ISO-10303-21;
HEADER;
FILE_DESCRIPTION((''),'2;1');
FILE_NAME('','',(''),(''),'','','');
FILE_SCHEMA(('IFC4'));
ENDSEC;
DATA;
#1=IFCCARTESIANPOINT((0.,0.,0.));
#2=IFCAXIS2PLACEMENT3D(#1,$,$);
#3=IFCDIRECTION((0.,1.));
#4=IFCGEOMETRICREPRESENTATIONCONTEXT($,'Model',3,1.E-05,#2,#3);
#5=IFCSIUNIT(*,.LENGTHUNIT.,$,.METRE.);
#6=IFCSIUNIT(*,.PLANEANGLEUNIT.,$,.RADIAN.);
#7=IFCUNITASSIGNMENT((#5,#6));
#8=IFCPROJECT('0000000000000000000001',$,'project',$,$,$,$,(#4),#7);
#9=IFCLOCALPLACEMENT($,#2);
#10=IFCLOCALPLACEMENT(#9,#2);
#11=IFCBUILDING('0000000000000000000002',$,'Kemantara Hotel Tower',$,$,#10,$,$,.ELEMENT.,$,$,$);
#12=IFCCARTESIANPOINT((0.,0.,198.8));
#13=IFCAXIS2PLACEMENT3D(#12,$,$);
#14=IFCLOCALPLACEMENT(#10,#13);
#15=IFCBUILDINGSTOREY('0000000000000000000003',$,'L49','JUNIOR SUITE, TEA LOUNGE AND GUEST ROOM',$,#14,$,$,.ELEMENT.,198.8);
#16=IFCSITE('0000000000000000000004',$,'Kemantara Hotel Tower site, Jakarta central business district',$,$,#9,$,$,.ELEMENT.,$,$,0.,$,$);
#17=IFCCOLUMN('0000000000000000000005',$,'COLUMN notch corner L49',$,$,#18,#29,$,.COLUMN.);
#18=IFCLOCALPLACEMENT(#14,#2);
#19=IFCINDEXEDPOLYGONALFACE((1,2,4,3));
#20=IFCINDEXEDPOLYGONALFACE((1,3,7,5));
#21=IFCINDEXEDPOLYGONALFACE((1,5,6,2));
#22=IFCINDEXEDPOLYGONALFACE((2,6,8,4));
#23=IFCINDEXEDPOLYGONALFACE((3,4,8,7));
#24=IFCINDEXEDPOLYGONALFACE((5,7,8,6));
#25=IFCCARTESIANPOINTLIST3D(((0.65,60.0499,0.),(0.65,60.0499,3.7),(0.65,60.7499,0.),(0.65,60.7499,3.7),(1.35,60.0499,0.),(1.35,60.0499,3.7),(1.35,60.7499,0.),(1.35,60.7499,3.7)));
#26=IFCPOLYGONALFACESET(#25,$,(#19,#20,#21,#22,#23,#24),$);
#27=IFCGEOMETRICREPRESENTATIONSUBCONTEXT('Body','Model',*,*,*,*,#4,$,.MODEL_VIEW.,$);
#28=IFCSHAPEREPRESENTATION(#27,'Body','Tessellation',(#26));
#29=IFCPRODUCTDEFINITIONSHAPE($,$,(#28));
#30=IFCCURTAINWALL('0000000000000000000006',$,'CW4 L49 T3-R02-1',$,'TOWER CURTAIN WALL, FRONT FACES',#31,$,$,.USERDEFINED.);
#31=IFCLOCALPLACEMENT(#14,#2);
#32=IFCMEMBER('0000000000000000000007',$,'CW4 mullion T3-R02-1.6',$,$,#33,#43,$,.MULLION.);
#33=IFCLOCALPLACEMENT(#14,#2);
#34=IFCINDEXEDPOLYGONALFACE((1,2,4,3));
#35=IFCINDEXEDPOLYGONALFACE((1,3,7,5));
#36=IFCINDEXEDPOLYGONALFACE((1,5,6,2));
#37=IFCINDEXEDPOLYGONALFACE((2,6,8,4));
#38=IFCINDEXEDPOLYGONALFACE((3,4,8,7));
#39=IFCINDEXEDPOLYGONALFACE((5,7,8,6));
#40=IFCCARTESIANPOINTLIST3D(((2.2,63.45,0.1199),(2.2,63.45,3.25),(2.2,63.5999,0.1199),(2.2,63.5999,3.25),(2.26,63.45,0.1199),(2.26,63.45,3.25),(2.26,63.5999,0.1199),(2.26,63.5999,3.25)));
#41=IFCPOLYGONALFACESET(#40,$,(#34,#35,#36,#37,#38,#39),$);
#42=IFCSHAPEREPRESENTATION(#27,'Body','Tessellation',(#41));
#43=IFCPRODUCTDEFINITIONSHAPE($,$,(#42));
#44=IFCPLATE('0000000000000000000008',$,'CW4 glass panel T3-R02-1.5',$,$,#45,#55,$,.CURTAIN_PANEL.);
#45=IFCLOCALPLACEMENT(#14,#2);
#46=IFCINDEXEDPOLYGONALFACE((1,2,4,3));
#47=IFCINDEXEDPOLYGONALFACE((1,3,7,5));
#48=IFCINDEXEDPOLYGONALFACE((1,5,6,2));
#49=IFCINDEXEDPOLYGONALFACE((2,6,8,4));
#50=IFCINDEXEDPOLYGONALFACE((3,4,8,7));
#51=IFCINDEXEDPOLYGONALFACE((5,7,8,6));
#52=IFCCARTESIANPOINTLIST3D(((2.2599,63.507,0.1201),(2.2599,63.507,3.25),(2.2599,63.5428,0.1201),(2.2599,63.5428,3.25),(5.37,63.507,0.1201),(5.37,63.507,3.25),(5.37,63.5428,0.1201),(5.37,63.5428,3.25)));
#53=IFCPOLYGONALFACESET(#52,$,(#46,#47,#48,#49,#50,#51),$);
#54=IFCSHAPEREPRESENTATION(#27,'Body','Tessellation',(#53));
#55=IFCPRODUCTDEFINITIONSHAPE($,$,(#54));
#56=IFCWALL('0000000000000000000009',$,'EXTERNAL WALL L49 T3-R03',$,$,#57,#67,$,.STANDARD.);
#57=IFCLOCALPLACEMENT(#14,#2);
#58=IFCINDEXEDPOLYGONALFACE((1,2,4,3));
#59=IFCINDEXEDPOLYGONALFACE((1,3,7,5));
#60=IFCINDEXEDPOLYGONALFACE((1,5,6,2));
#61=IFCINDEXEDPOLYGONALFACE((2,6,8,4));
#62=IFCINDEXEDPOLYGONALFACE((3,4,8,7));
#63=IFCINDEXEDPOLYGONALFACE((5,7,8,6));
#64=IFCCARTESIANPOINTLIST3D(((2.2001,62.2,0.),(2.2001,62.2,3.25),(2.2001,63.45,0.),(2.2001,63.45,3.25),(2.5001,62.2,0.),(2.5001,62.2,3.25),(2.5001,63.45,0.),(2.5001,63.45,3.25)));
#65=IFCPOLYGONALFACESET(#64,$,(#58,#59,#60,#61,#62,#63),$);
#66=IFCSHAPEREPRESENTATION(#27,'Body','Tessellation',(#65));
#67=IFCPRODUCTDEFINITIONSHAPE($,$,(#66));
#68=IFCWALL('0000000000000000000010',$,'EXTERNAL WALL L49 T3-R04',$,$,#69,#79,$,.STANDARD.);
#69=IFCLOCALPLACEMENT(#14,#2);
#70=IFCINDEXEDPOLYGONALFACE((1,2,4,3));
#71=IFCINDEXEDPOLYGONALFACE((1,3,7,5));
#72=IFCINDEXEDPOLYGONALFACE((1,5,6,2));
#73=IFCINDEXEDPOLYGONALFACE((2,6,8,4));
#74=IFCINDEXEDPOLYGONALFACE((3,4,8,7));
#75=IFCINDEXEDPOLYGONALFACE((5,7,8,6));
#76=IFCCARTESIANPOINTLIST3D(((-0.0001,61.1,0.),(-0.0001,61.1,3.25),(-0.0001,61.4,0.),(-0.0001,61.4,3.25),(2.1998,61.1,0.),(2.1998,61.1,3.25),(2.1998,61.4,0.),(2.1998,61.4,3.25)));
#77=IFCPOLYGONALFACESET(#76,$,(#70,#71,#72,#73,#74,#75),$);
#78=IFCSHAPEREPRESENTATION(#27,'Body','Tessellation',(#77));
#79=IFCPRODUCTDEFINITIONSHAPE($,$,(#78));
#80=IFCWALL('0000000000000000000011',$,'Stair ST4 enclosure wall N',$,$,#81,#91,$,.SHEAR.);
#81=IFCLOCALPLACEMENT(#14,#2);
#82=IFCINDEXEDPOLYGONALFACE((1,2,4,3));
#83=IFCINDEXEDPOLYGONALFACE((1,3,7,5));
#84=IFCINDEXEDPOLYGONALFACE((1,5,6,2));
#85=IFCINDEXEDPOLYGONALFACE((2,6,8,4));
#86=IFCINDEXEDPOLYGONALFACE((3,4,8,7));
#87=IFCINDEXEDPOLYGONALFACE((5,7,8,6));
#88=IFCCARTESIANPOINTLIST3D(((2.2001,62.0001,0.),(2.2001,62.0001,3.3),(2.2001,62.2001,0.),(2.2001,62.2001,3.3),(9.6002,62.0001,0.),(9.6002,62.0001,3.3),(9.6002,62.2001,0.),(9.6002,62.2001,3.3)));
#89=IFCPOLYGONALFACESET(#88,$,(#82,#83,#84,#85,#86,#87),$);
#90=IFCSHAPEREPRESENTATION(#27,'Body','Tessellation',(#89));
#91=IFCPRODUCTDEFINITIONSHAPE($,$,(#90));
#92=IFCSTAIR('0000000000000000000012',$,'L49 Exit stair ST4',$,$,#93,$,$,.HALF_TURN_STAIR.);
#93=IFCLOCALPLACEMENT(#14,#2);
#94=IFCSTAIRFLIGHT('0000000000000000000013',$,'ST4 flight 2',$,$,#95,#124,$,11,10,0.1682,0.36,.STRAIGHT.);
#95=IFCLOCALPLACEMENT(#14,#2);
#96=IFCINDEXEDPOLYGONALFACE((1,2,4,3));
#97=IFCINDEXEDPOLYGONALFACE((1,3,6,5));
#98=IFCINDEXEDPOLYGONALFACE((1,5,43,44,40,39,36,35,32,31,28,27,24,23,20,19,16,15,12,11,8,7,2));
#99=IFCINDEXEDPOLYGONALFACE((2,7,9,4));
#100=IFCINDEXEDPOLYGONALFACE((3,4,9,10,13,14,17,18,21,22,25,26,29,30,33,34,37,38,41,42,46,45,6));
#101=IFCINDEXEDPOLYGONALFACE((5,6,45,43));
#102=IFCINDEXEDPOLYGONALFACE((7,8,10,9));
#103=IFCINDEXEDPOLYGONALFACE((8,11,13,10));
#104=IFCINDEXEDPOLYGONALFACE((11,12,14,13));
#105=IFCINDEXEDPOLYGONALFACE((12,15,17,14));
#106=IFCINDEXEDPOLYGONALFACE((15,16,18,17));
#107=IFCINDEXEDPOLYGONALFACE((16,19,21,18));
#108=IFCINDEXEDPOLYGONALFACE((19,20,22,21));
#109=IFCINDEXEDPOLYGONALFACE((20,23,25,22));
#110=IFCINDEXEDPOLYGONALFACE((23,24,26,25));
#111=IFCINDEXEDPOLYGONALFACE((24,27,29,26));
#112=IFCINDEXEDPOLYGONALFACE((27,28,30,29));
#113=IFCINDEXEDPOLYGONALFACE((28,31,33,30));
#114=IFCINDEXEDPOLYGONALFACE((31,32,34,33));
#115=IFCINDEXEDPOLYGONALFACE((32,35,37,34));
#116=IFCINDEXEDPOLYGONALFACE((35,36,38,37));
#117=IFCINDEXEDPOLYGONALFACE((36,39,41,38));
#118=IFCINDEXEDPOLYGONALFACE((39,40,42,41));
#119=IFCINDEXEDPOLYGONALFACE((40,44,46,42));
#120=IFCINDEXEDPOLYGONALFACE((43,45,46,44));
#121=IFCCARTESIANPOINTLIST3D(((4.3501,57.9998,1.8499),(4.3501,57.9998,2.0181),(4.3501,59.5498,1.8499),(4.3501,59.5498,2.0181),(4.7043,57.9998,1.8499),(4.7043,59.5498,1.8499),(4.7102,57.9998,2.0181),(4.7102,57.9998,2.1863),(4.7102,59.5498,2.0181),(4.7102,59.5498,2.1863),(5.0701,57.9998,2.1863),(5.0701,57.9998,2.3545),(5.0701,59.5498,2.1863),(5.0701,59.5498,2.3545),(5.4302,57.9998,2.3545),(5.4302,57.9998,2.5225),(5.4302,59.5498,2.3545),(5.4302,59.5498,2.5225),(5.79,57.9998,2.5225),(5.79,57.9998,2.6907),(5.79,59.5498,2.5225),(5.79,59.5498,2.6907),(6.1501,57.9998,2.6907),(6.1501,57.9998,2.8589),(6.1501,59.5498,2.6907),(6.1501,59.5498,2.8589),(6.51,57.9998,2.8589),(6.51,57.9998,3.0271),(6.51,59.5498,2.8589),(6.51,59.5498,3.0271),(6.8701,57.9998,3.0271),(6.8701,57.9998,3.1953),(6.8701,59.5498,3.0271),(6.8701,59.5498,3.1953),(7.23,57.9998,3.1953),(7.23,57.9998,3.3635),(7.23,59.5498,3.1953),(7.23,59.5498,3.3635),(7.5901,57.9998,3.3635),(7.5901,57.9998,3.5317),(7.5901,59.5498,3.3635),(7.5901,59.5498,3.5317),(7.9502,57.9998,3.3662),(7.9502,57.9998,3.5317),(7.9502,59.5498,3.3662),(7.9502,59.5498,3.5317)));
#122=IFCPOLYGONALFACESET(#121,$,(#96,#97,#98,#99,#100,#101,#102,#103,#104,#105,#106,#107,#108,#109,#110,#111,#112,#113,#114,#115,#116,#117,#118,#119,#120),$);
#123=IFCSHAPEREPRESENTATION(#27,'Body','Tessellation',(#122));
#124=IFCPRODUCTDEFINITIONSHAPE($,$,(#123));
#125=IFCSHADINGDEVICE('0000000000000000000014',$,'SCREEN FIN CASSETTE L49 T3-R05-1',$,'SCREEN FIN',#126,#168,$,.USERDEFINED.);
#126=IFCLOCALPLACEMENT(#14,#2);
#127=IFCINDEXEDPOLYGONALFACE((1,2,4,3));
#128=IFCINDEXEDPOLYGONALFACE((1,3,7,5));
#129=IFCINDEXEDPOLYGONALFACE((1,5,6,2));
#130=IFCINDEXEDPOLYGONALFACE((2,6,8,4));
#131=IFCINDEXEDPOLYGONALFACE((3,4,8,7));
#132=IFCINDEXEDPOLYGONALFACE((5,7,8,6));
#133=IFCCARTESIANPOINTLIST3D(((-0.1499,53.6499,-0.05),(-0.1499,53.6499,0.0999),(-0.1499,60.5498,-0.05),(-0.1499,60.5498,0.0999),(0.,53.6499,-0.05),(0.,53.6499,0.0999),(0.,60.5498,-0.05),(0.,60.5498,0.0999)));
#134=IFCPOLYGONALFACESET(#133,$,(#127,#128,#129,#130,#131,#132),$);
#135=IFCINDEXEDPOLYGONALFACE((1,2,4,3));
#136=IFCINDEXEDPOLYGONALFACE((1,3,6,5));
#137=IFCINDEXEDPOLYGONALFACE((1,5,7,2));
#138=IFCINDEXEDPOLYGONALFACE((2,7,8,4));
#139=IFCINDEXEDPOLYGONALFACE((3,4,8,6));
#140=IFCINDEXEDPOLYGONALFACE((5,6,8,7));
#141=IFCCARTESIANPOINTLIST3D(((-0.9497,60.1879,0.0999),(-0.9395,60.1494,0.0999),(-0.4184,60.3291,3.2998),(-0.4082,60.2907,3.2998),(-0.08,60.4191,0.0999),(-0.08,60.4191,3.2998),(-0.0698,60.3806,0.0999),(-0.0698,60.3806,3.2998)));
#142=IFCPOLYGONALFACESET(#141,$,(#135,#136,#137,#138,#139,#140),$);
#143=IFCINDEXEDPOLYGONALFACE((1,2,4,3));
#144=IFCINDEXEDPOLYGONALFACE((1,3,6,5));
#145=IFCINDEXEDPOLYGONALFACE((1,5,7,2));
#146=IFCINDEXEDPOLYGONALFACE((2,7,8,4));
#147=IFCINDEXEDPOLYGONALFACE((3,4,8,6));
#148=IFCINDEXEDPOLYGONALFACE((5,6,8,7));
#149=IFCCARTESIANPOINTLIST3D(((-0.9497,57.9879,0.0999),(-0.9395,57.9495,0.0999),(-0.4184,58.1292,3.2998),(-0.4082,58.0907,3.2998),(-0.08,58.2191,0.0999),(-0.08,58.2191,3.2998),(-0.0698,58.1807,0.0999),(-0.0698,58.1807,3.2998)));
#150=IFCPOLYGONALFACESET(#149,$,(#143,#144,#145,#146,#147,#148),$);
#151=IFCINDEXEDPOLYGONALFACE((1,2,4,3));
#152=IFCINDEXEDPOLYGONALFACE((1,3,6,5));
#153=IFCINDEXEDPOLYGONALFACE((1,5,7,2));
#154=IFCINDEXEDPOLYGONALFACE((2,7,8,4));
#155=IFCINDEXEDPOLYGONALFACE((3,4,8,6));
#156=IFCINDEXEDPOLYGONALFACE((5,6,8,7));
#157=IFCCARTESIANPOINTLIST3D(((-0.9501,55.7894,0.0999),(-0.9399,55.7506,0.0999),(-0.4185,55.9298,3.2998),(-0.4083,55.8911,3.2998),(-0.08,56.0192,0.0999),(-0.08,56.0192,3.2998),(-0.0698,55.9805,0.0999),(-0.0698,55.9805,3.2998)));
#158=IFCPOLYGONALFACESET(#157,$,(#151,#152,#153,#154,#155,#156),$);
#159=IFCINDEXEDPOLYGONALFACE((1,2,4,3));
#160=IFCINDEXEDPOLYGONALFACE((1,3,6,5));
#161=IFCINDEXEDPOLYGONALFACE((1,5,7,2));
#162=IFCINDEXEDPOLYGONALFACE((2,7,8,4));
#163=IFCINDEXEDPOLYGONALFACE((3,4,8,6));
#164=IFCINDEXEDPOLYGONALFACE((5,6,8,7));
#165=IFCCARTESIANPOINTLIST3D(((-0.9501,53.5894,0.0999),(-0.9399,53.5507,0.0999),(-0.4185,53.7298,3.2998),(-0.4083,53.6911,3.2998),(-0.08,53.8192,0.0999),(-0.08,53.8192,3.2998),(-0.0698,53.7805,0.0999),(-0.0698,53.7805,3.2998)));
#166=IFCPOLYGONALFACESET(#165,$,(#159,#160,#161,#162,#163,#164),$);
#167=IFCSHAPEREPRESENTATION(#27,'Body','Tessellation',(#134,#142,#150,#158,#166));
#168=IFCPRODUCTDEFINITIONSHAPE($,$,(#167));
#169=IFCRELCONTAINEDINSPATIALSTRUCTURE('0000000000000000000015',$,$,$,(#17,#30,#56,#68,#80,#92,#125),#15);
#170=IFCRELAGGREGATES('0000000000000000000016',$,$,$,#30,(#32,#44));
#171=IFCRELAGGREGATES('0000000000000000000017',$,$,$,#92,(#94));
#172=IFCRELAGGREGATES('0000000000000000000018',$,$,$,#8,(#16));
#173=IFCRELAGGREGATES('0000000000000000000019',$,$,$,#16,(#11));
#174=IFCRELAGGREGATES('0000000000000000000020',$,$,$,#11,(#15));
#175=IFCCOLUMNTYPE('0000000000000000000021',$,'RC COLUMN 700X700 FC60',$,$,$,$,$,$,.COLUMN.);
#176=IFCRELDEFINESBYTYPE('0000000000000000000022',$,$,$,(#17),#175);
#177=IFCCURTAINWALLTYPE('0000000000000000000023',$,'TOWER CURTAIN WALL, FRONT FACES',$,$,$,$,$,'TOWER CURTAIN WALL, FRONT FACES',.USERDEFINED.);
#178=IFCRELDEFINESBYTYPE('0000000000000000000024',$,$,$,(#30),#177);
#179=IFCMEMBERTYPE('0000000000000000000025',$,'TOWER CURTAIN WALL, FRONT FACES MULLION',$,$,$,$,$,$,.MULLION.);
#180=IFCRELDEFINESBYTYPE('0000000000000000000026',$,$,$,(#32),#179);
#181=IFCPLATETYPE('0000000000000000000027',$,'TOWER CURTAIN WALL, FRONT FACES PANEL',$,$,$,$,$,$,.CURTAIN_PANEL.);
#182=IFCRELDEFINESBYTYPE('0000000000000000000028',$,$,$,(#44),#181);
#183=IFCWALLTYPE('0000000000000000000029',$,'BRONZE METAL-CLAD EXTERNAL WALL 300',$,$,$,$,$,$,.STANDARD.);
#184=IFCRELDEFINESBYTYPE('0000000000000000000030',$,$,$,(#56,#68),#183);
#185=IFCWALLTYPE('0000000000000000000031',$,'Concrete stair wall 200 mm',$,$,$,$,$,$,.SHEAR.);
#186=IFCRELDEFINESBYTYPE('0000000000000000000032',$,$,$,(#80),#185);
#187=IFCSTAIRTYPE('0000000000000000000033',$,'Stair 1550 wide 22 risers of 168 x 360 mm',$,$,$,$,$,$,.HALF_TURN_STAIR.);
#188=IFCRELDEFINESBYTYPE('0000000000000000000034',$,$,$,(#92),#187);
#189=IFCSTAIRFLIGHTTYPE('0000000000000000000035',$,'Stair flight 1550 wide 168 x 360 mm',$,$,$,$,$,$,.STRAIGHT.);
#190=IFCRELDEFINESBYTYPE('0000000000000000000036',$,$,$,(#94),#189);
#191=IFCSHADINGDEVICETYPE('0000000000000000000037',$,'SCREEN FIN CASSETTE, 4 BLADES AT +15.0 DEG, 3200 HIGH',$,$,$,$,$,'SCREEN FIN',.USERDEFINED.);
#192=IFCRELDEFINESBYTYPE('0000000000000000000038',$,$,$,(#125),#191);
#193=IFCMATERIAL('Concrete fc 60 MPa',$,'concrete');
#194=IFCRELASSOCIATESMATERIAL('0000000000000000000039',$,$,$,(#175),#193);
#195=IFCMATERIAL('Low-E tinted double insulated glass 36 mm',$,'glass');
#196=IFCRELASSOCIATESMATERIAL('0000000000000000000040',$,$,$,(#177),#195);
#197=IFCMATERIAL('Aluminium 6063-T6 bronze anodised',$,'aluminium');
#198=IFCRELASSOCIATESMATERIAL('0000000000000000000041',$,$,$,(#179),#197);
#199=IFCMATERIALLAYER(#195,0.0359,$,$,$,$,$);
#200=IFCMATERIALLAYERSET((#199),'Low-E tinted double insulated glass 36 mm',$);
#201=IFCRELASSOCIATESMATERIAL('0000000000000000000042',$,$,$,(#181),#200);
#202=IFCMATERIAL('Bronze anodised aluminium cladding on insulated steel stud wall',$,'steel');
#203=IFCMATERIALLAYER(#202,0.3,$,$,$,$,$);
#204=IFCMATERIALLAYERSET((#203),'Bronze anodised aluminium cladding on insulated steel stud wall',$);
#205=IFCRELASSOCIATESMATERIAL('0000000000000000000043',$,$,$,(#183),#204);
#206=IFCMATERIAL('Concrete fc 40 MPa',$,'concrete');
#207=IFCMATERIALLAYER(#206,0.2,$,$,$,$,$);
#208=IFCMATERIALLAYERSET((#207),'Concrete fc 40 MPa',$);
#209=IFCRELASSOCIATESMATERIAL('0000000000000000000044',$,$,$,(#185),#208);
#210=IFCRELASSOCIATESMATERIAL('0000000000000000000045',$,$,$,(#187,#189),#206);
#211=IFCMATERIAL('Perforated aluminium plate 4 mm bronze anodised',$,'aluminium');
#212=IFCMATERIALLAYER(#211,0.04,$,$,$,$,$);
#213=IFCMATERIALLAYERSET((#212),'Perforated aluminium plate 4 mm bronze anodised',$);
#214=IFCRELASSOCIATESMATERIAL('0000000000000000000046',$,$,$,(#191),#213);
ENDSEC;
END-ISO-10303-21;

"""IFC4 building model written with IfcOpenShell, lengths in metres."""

from ifc_helpers import new_model, si_unit, direction, frame, frame_2d, origin, origin_2d, place, context, subcontext, project, spatial, polyline, rectangle, outline, extrude, source, transform, mapped, material, layer, layer_set, material_profile, profile_set, type_object, element, aggregate, save


model = new_model("IFC4")

# Units and contexts
model_context = context("Model", 3, precision=1e-05, world=origin(), true_north=direction((0.0, 1.0)))
body_context = subcontext(model_context, "Body", "Model", "MODEL_VIEW")
ifc_project = project(units=[si_unit("LENGTHUNIT", "METRE"), si_unit("PLANEANGLEUNIT", "RADIAN")], contexts=[model_context])

# Site, building, storey
site_placement = place(None, origin())
site = spatial("IfcSite", under=ifc_project, at=site_placement, Name="Kemantara Hotel Tower site, Jakarta central business district", CompositionType="ELEMENT", RefElevation=0.0)
building_placement = place(site_placement, origin())
building = spatial("IfcBuilding", under=site, at=building_placement, Name="Kemantara Hotel Tower", CompositionType="ELEMENT")
storey_placement = place(building_placement, frame((0.0, 0.0, 198.8)))
storey = spatial("IfcBuildingStorey", under=building, at=storey_placement, Name="L49", Description="JUNIOR SUITE, TEA LOUNGE AND GUEST ROOM", CompositionType="ELEMENT", Elevation=198.8)

# Column
ifc_material_1 = material(Name="Concrete fc 60 MPa", Category="concrete")
ifc_material_profile_1 = material_profile(ifc_material_1, rectangle(XDim=0.7, YDim=0.7, at=origin_2d()), Name="RC 700X700")
ifc_profile_set_1 = profile_set([ifc_material_profile_1], Name="Concrete fc 60 MPa")
column_type = type_object("IfcColumnType", Name="RC COLUMN 700X700 FC60", PredefinedType="COLUMN", material=ifc_profile_set_1)
column_placement = place(storey_placement, frame((1.0, 60.3999, 0.0), z_axis=(0.0, 0.0, 1.0), x_axis=(1.0, 0.0, 0.0)))
element("IfcColumn", 1, at=column_placement, inside=storey, type_object=column_type, Name="COLUMN notch corner L49", PredefinedType="COLUMN", context=body_context, shape_type="SweptSolid", body=[
    extrude(rectangle(XDim=0.7, YDim=0.7, at=origin_2d()), origin(), (0.0, 0.0, 1.0), 3.7),
])

# Curtain wall, member, plate
ifc_material_2 = material(Name="Low-E tinted double insulated glass 36 mm", Category="glass")
curtain_wall_type = type_object("IfcCurtainWallType", Name="TOWER CURTAIN WALL, FRONT FACES", ElementType="TOWER CURTAIN WALL, FRONT FACES", PredefinedType="USERDEFINED", material=ifc_material_2)
curtain_wall_placement = place(storey_placement, origin())
curtain_wall = element("IfcCurtainWall", 2, at=curtain_wall_placement, inside=storey, type_object=curtain_wall_type, Name="CW4 L49 T3-R02-1", ObjectType="TOWER CURTAIN WALL, FRONT FACES", PredefinedType="USERDEFINED")
ifc_material_3 = material(Name="Aluminium 6063-T6 bronze anodised", Category="aluminium")
ifc_material_profile_2 = material_profile(ifc_material_3, rectangle(XDim=0.1499, YDim=0.0601, at=origin_2d()), Name="TOWER CURTAIN WALL, FRONT FACES MULLION")
ifc_profile_set_2 = profile_set([ifc_material_profile_2], Name="Aluminium 6063-T6 bronze anodised")
member_type = type_object("IfcMemberType", Name="TOWER CURTAIN WALL, FRONT FACES MULLION", PredefinedType="MULLION", material=ifc_profile_set_2)
shared_shape_1 = source(origin(), body_context, "Body", "SweptSolid", [
    extrude(rectangle(XDim=0.1499, YDim=0.0601, at=origin_2d()), origin(), (0.0, 0.0, 1.0), 3.1301),
])
member_placement = place(storey_placement, frame((2.23, 63.5249, 0.1199), z_axis=(0.0, 0.0, 1.0), x_axis=(0.0, -1.0, 0.0)))
member = element("IfcMember", 3, at=member_placement, type_object=member_type, Name="CW4 mullion T3-R02-1.6", PredefinedType="MULLION", context=body_context, shape_type="MappedRepresentation", body=[
    mapped(shared_shape_1, transform((0.0, 0.0, 0.0))),
])
ifc_layer_1 = layer(ifc_material_2, 0.0359)
ifc_layer_set_1 = layer_set([ifc_layer_1], Name="Low-E tinted double insulated glass 36 mm")
plate_type = type_object("IfcPlateType", Name="TOWER CURTAIN WALL, FRONT FACES PANEL", PredefinedType="CURTAIN_PANEL", material=ifc_layer_set_1)
shared_shape_2 = source(origin(), body_context, "Body", "SweptSolid", [
    extrude(rectangle(XDim=3.1101, YDim=0.0359, at=origin_2d()), origin(), (0.0, 0.0, 1.0), 3.1299),
])
plate_placement = place(storey_placement, frame((3.8149, 63.5249, 0.1201), z_axis=(0.0, 0.0, 1.0), x_axis=(-1.0, 0.0, 0.0)))
plate = element("IfcPlate", 4, at=plate_placement, type_object=plate_type, Name="CW4 glass panel T3-R02-1.5", PredefinedType="CURTAIN_PANEL", context=body_context, shape_type="MappedRepresentation", body=[
    mapped(shared_shape_2, transform((0.0, 0.0, 0.0))),
])
aggregate(curtain_wall, [member, plate])

# Walls
ifc_material_4 = material(Name="Bronze anodised aluminium cladding on insulated steel stud wall", Category="steel")
ifc_layer_2 = layer(ifc_material_4, 0.3)
ifc_layer_set_2 = layer_set([ifc_layer_2], Name="Bronze anodised aluminium cladding on insulated steel stud wall")
wall_type_1 = type_object("IfcWallType", Name="BRONZE METAL-CLAD EXTERNAL WALL 300", PredefinedType="STANDARD", material=ifc_layer_set_2)
wall_1_placement = place(storey_placement, frame((2.3501, 63.45, 0.0), z_axis=(0.0, 0.0, 1.0), x_axis=(0.0, -1.0, 0.0)))
element("IfcWall", 5, at=wall_1_placement, inside=storey, type_object=wall_type_1, Name="EXTERNAL WALL L49 T3-R03", PredefinedType="STANDARD", context=body_context, shape_type="SweptSolid", body=[
    extrude(rectangle(XDim=1.25, YDim=0.3, at=frame_2d((0.625, 0.0))), origin(), (0.0, 0.0, 1.0), 3.25),
])
wall_2_placement = place(storey_placement, frame((2.2, 61.25, 0.0), z_axis=(0.0, 0.0, 1.0), x_axis=(-1.0, 0.0, 0.0)))
element("IfcWall", 6, at=wall_2_placement, inside=storey, type_object=wall_type_1, Name="EXTERNAL WALL L49 T3-R04", PredefinedType="STANDARD", context=body_context, shape_type="SweptSolid", body=[
    extrude(rectangle(XDim=2.2, YDim=0.3, at=frame_2d((1.1001, 0.0))), origin(), (0.0, 0.0, 1.0), 3.25),
])

# Wall
ifc_material_5 = material(Name="Concrete fc 40 MPa", Category="concrete")
ifc_layer_3 = layer(ifc_material_5, 0.2)
ifc_layer_set_3 = layer_set([ifc_layer_3], Name="Concrete fc 40 MPa")
wall_type_2 = type_object("IfcWallType", Name="Concrete stair wall 200 mm", PredefinedType="SHEAR", material=ifc_layer_set_3)
wall_3_placement = place(storey_placement, frame((2.2, 62.1001, 0.0), z_axis=(0.0, 0.0, 1.0), x_axis=(1.0, 0.0, 0.0)))
element("IfcWall", 7, at=wall_3_placement, inside=storey, type_object=wall_type_2, Name="Stair ST4 enclosure wall N", PredefinedType="SHEAR", context=body_context, shape_type="SweptSolid", body=[
    extrude(rectangle(XDim=7.4001, YDim=0.2, at=frame_2d((3.7002, 0.0))), origin(), (0.0, 0.0, 1.0), 3.3),
])

# Stair, stair flight
stair_type = type_object("IfcStairType", Name="Stair 1550 wide 22 risers of 168 x 360 mm", PredefinedType="HALF_TURN_STAIR", material=ifc_material_5)
stair_placement = place(storey_placement, origin())
stair = element("IfcStair", 8, at=stair_placement, inside=storey, type_object=stair_type, Name="L49 Exit stair ST4", PredefinedType="HALF_TURN_STAIR")
stair_flight_type = type_object("IfcStairFlightType", Name="Stair flight 1550 wide 168 x 360 mm", PredefinedType="STRAIGHT", material=ifc_material_5)
stair_flight_placement = place(storey_placement, frame((4.3501, 58.7749, 1.8499), z_axis=(0.0, 0.0, 1.0), x_axis=(1.0, 0.0, 0.0)))
stair_flight = element("IfcStairFlight", 9, at=stair_flight_placement, type_object=stair_flight_type, Name="ST4 flight 2", NumberOfRisers=11, NumberOfTreads=10, PredefinedType="STRAIGHT", RiserHeight=0.1682, TreadLength=0.36, context=body_context, shape_type="SweptSolid", body=[
    extrude(outline(polyline([(0.0, 0.0), (0.0, 0.1682), (0.3601, 0.1682), (0.3601, 0.3364), (0.72, 0.3364), (0.72, 0.5046), (1.0801, 0.5046), (1.0801, 0.6726), (1.4399, 0.6726), (1.4399, 0.8408), (1.8, 0.8408), (1.8, 1.009), (2.1599, 1.009), (2.1599, 1.1772), (2.52, 1.1772), (2.52, 1.3455), (2.8799, 1.3455), (2.8799, 1.5137), (3.24, 1.5137), (3.24, 1.6819), (3.6001, 1.6819), (3.6001, 1.8501), (3.6001, 1.5164), (0.3542, 0.0), (0.0, 0.0)])), frame((0.0, 0.7749, 0.0), z_axis=(0.0, -1.0, 0.0), x_axis=(1.0, 0.0, 0.0)), (0.0, 0.0, 1.0), 1.55),
])
aggregate(stair, [stair_flight])

# Shading device
ifc_material_6 = material(Name="Perforated aluminium plate 4 mm bronze anodised", Category="aluminium")
ifc_layer_4 = layer(ifc_material_6, 0.04)
ifc_layer_set_4 = layer_set([ifc_layer_4], Name="Perforated aluminium plate 4 mm bronze anodised")
shading_device_type = type_object("IfcShadingDeviceType", Name="SCREEN FIN CASSETTE, 4 BLADES AT +15.0 DEG, 3200 HIGH", ElementType="SCREEN FIN", PredefinedType="USERDEFINED", material=ifc_layer_set_4)
shared_shape_3 = source(origin(), body_context, "Body", "SweptSolid", [
    extrude(rectangle(XDim=6.8999, YDim=0.1499, at=origin_2d()), frame((3.3, -0.075, -0.1499), z_axis=(0.0, 0.0, 1.0), x_axis=(1.0, 0.0, 0.0)), (0.0, 0.0, 1.0), 0.1499),
    extrude(outline(polyline([(0.0, 0.0), (0.8999, 0.0), (0.3501, 3.2), (0.0, 3.2), (0.0, 0.0)])), frame((0.0193, -0.0698, 0.0), z_axis=(-0.966438, -0.256901, 0.0), x_axis=(0.256901, -0.966438, 0.0)), (0.0, 0.0, 1.0), 0.0398),
    extrude(outline(polyline([(0.0, 0.0), (0.8999, 0.0), (0.3501, 3.2), (0.0, 3.2), (0.0, 0.0)])), frame((2.2192, -0.0698, 0.0), z_axis=(-0.966438, -0.256901, 0.0), x_axis=(0.256901, -0.966438, 0.0)), (0.0, 0.0, 1.0), 0.0398),
    extrude(outline(polyline([(0.0, 0.0), (0.8999, 0.0), (0.3501, 3.2), (0.0, 3.2), (0.0, 0.0)])), frame((4.4194, -0.0698, 0.0), z_axis=(-0.966838, -0.255391, 0.0), x_axis=(0.255391, -0.966838, 0.0)), (0.0, 0.0, 1.0), 0.04),
    extrude(outline(polyline([(0.0, 0.0), (0.8999, 0.0), (0.3501, 3.2), (0.0, 3.2), (0.0, 0.0)])), frame((6.6194, -0.0698, 0.0), z_axis=(-0.966838, -0.255391, 0.0), x_axis=(0.255391, -0.966838, 0.0)), (0.0, 0.0, 1.0), 0.04),
])
shading_device_placement = place(storey_placement, frame((0.0, 60.3999, 0.0999), z_axis=(0.0, 0.0, 1.0), x_axis=(0.0, -1.0, 0.0)))
element("IfcShadingDevice", 10, at=shading_device_placement, inside=storey, type_object=shading_device_type, Name="SCREEN FIN CASSETTE L49 T3-R05-1", ObjectType="SCREEN FIN", PredefinedType="USERDEFINED", context=body_context, shape_type="MappedRepresentation", body=[
    mapped(shared_shape_3, transform((0.0, 0.0, 0.0))),
])

save(model, "model.ifc")
